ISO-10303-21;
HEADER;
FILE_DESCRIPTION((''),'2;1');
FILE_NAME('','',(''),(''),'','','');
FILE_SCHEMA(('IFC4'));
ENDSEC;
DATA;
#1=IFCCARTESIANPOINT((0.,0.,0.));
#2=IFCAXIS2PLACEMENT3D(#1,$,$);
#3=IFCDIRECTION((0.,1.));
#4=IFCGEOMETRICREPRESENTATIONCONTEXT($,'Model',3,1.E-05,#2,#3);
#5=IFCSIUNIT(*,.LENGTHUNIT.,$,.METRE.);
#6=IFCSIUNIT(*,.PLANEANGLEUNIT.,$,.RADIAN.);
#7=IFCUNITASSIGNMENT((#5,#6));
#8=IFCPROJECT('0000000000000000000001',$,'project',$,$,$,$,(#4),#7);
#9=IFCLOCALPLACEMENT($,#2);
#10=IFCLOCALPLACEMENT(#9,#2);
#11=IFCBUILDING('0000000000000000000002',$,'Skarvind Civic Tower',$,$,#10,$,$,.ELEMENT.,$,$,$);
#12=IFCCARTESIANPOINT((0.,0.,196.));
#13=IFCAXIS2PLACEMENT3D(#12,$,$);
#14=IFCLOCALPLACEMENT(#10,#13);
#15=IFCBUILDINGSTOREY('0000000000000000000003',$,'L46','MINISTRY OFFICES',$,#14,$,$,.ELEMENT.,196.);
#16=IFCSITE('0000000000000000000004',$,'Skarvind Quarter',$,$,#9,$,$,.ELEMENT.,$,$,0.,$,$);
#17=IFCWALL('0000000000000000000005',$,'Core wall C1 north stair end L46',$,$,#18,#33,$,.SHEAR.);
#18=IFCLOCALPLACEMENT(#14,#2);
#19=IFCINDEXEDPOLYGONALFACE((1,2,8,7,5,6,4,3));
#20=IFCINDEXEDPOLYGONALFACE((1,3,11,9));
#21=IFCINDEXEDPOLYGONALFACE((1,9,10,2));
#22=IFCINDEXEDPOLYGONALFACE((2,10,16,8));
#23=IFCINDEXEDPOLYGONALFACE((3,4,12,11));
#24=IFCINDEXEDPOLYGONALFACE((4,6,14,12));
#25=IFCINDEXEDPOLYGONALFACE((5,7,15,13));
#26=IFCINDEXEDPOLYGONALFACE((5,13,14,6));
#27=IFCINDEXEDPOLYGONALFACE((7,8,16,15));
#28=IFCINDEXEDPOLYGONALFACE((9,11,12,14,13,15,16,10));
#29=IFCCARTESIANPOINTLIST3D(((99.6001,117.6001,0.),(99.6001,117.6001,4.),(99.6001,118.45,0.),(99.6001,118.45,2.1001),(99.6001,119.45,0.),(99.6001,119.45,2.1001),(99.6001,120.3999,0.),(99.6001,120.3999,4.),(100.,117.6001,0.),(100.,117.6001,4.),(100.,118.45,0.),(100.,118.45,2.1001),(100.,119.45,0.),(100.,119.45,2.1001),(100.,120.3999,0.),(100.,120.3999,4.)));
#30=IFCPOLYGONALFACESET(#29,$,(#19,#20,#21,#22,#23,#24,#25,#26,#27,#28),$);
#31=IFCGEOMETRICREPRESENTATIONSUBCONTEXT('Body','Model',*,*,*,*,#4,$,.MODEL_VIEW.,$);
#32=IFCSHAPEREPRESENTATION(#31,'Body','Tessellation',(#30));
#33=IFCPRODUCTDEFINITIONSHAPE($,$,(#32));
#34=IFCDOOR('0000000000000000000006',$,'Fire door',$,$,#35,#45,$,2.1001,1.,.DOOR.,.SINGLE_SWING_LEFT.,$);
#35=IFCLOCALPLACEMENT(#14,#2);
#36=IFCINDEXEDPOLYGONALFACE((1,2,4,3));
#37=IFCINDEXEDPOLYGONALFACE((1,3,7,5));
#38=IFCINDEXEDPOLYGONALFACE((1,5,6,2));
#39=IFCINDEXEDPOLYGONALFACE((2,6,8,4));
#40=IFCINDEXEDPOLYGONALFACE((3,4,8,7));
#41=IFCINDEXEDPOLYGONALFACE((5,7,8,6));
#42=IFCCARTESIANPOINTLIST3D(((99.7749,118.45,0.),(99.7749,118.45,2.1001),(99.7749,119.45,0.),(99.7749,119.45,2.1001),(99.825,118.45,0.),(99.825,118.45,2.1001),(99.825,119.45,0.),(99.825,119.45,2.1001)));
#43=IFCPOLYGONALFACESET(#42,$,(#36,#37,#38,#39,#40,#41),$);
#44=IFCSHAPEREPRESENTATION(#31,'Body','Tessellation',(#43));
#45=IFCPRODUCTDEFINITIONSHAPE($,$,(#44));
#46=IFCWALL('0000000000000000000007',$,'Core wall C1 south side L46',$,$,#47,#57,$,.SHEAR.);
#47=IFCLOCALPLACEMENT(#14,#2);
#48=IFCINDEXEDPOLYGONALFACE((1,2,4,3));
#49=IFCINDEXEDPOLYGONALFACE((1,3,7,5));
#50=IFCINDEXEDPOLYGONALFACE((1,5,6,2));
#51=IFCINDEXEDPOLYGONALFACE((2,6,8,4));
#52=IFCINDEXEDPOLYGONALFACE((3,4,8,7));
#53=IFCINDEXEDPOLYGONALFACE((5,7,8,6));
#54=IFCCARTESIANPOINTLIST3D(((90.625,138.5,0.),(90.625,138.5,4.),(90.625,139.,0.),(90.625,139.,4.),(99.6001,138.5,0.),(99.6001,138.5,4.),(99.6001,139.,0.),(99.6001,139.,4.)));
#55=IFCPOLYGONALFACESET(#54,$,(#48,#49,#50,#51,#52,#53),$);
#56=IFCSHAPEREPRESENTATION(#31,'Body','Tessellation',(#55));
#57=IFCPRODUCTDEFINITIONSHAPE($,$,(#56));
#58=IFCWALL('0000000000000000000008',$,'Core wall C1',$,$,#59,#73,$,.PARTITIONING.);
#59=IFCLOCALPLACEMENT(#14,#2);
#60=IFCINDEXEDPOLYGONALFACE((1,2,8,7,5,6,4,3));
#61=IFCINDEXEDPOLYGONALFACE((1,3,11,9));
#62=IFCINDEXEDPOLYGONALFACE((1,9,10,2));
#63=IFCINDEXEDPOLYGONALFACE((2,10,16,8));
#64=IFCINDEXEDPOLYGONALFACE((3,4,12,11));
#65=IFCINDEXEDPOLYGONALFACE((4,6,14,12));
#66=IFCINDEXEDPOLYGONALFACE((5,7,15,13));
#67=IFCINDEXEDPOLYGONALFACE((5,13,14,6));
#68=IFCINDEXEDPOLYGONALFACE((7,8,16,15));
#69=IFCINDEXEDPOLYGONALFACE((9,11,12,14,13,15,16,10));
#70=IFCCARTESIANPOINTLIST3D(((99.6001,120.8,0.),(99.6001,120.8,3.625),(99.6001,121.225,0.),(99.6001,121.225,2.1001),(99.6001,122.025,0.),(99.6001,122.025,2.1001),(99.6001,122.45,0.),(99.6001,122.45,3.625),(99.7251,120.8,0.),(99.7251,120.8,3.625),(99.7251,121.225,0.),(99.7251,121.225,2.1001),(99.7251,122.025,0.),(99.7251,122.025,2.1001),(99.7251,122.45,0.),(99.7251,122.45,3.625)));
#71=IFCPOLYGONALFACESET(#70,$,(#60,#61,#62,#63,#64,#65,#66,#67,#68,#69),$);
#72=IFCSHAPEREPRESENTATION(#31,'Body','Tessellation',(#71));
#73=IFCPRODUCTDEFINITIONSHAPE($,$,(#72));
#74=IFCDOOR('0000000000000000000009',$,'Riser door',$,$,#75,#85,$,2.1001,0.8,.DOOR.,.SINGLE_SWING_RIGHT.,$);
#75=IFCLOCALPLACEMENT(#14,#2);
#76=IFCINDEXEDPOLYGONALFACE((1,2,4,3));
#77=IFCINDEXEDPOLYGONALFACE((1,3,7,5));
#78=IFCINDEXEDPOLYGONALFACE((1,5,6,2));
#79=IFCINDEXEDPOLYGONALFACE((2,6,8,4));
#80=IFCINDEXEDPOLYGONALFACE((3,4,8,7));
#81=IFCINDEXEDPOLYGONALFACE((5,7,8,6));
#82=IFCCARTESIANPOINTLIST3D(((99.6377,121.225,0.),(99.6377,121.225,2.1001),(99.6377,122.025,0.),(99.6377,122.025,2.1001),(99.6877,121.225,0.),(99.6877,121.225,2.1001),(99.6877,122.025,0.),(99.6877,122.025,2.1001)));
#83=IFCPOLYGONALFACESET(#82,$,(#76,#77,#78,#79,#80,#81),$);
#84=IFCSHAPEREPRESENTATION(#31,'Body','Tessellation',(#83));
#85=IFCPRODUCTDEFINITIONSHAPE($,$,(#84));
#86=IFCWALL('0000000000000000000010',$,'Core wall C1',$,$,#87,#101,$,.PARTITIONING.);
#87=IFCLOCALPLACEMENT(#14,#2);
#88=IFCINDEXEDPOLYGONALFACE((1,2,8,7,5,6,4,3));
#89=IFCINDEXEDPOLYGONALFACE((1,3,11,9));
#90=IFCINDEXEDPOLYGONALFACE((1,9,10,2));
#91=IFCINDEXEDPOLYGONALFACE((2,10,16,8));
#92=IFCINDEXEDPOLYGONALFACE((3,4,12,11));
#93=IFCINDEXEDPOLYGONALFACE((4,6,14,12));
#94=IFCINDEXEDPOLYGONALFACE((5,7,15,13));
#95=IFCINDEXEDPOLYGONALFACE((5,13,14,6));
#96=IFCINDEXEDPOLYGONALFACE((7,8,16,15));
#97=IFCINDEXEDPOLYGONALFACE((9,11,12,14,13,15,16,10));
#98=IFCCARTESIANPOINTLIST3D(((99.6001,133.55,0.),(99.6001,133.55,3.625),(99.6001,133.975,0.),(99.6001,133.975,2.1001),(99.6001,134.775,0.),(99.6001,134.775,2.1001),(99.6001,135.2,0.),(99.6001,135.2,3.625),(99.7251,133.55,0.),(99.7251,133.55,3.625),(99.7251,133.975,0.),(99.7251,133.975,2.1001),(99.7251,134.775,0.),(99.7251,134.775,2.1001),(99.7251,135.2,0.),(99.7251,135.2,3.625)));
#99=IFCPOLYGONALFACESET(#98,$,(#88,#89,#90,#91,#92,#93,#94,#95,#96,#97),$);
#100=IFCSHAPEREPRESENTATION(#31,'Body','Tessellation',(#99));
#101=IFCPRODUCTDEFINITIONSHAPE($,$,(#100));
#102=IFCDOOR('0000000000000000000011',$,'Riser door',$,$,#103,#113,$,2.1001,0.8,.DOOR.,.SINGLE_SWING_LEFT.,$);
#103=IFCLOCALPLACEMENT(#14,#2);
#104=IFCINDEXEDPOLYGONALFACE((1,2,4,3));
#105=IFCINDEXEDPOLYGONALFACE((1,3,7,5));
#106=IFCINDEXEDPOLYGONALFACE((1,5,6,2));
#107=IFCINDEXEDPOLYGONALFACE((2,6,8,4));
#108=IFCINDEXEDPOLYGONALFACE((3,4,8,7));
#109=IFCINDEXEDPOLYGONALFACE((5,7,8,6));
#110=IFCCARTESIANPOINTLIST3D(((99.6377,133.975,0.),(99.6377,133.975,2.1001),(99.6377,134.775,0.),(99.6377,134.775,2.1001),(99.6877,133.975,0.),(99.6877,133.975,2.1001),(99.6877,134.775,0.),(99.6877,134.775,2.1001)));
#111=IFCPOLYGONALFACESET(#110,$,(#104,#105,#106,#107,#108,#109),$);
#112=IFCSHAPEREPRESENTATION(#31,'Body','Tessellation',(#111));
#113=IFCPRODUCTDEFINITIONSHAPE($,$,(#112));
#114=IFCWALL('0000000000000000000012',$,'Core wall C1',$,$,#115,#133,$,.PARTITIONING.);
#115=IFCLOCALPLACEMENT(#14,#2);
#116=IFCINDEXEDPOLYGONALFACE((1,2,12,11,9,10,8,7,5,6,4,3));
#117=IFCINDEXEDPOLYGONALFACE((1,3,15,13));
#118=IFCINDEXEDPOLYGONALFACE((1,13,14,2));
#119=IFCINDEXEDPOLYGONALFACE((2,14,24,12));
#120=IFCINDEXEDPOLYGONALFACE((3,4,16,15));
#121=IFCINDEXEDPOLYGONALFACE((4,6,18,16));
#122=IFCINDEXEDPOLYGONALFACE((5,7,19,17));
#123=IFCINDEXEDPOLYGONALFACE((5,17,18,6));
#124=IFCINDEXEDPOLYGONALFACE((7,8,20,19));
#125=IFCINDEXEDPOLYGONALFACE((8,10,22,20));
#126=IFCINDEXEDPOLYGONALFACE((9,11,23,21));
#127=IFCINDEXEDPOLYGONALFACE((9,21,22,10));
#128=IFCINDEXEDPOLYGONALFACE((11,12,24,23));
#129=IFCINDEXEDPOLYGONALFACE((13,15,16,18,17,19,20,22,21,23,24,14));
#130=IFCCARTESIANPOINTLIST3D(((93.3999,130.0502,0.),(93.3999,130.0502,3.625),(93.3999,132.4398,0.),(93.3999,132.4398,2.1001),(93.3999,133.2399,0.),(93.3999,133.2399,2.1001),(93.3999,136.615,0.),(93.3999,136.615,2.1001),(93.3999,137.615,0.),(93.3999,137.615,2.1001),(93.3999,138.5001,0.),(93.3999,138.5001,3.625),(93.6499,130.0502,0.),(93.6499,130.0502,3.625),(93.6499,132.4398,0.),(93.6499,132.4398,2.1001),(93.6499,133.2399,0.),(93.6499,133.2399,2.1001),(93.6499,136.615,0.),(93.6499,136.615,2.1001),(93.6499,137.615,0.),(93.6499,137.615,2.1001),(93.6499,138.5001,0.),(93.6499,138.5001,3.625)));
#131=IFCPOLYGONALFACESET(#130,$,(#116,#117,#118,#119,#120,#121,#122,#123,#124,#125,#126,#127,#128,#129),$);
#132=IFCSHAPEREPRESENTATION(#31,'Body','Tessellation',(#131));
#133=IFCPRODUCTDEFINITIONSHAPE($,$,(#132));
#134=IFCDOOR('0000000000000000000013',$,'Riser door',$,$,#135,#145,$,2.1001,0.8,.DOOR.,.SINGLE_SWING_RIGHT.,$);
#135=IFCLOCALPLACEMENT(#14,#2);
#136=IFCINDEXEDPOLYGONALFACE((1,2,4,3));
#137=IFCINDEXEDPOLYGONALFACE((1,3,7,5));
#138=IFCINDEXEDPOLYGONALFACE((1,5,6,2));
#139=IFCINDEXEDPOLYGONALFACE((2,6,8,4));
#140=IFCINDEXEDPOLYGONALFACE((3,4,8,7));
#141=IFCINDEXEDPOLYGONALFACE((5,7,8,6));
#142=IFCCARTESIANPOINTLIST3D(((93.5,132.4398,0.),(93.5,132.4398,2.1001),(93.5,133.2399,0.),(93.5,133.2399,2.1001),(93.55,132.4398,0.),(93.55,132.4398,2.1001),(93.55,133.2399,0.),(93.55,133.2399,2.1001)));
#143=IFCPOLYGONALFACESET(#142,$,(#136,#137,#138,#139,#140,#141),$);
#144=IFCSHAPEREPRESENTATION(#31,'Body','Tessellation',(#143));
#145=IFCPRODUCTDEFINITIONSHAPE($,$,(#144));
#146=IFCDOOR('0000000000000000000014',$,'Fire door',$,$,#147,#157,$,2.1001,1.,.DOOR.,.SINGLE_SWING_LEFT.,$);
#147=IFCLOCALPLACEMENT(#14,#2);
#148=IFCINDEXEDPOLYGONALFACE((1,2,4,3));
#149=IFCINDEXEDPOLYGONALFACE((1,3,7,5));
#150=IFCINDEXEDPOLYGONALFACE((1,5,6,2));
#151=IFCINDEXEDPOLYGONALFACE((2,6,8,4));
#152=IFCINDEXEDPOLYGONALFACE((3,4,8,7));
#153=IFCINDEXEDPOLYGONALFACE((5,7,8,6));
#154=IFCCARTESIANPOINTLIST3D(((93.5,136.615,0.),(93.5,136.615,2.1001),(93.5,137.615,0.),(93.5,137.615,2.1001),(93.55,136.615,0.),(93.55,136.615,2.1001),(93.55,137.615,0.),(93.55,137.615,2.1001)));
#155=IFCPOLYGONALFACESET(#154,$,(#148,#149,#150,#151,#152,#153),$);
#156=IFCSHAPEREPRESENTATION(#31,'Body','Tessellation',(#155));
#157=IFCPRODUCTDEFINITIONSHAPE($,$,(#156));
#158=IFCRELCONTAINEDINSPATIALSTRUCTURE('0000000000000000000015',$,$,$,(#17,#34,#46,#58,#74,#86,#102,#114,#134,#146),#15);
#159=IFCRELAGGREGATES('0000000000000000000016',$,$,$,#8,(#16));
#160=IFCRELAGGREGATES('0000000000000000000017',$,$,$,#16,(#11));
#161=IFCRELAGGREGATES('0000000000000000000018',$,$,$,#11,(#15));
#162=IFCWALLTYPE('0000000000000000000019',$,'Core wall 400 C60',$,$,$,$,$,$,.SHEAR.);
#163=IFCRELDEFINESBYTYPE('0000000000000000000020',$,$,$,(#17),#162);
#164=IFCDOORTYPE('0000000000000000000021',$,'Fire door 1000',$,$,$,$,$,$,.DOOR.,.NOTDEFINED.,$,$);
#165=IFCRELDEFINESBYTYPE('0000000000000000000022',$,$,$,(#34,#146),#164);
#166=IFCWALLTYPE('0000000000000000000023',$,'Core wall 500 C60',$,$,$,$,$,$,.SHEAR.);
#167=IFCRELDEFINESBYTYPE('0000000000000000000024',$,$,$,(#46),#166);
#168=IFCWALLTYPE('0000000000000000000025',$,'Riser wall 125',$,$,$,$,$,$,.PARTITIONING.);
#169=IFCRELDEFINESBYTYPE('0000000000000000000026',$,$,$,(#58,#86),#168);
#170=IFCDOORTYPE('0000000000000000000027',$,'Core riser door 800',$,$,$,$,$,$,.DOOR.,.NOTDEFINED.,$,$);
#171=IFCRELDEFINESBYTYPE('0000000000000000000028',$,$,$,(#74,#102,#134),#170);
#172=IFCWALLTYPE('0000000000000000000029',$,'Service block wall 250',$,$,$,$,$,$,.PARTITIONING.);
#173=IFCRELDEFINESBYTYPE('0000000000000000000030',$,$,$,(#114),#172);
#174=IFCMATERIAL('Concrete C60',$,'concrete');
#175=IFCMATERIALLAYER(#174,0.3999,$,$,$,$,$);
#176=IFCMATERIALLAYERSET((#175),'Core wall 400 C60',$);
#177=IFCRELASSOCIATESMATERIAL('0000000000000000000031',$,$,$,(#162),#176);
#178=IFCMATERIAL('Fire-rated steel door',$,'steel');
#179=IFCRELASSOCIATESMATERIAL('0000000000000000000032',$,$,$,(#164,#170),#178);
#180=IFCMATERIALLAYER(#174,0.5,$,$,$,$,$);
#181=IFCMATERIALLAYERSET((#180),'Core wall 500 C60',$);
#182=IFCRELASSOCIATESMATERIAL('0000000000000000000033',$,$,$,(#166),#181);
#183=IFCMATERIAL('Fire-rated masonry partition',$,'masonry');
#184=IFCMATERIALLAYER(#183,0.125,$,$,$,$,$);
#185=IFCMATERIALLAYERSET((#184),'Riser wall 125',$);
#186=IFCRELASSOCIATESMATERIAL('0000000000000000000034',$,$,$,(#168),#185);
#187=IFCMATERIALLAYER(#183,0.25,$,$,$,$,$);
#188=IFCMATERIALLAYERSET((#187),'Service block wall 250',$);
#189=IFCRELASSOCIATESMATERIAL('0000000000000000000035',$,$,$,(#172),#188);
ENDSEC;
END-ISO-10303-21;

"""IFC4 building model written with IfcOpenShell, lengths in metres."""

from ifc_helpers import new_model, si_unit, direction, frame, frame_2d, origin, place, context, subcontext, project, spatial, rectangle, extrude, material, layer, layer_set, type_object, element, fill, save


model = new_model("IFC4")

# Units and contexts
model_context = context("Model", 3, precision=1e-05, world=origin(), true_north=direction((0.0, 1.0)))
body_context = subcontext(model_context, "Body", "Model", "MODEL_VIEW")
ifc_project = project(units=[si_unit("LENGTHUNIT", "METRE"), si_unit("PLANEANGLEUNIT", "RADIAN")], contexts=[model_context])

# Site, building, storey
site_placement = place(None, origin())
site = spatial("IfcSite", under=ifc_project, at=site_placement, Name="Skarvind Quarter", CompositionType="ELEMENT", RefElevation=0.0)
building_placement = place(site_placement, origin())
building = spatial("IfcBuilding", under=site, at=building_placement, Name="Skarvind Civic Tower", CompositionType="ELEMENT")
storey_placement = place(building_placement, frame((0.0, 0.0, 196.0)))
storey = spatial("IfcBuildingStorey", under=building, at=storey_placement, Name="L46", Description="MINISTRY OFFICES", CompositionType="ELEMENT", Elevation=196.0)

# Shared definitions
ifc_material_1 = material(Name="Fire-rated masonry partition", Category="masonry")
ifc_material_2 = material(Name="Fire-rated steel door", Category="steel")

# Shared definitions
ifc_material_3 = material(Name="Concrete C60", Category="concrete")

# Wall, opening, door
ifc_layer_1 = layer(ifc_material_3, 0.3999)
ifc_layer_set_1 = layer_set([ifc_layer_1], Name="Core wall 400 C60")
wall_type_1 = type_object("IfcWallType", Name="Core wall 400 C60", PredefinedType="SHEAR", material=ifc_layer_set_1)
wall_1_placement = place(storey_placement, frame((99.8, 120.3999, 0.0), z_axis=(0.0, 0.0, 1.0), x_axis=(0.0, -1.0, 0.0)))
wall_1 = element("IfcWall", 1, at=wall_1_placement, inside=storey, type_object=wall_type_1, Name="Core wall C1 north stair end L46", PredefinedType="SHEAR", context=body_context, shape_type="SweptSolid", body=[
    extrude(rectangle(XDim=2.7998, YDim=0.3999, at=frame_2d((1.3999, 0.0))), origin(), (0.0, 0.0, 1.0), 4.0),
])
opening_1_placement = place(wall_1_placement, frame((0.95, 0.0, 0.0)))
opening_1 = element("IfcOpeningElement", 2, at=opening_1_placement, cuts=wall_1, PredefinedType="OPENING", context=body_context, shape_type="SweptSolid", body=[
    extrude(rectangle(XDim=1.0, YDim=2.1001, at=frame_2d((0.5, 1.05))), frame((0.0, 0.21, 0.0), z_axis=(0.0, -1.0, 0.0), x_axis=(1.0, 0.0, 0.0)), (0.0, 0.0, 1.0), 0.4199),
])
door_type_1 = type_object("IfcDoorType", Name="Fire door 1000", OperationType="NOTDEFINED", PredefinedType="DOOR", material=ifc_material_2)
door_1_placement = place(opening_1_placement, origin())
door_1 = element("IfcDoor", 3, at=door_1_placement, inside=storey, type_object=door_type_1, Name="Fire door", OperationType="SINGLE_SWING_LEFT", OverallHeight=2.1001, OverallWidth=1.0, PredefinedType="DOOR", context=body_context, shape_type="SweptSolid", body=[
    extrude(rectangle(XDim=1.0, YDim=2.1001, at=frame_2d((0.5, 1.05))), frame((0.0, 0.0249, 0.0), z_axis=(0.0, -1.0, 0.0), x_axis=(1.0, 0.0, 0.0)), (0.0, 0.0, 1.0), 0.05),
])
fill(opening_1, door_1)

# Wall
ifc_layer_2 = layer(ifc_material_3, 0.5)
ifc_layer_set_2 = layer_set([ifc_layer_2], Name="Core wall 500 C60")
wall_type_2 = type_object("IfcWallType", Name="Core wall 500 C60", PredefinedType="SHEAR", material=ifc_layer_set_2)
wall_2_placement = place(storey_placement, frame((99.6001, 138.75, 0.0), z_axis=(0.0, 0.0, 1.0), x_axis=(-1.0, 0.0, 0.0)))
element("IfcWall", 4, at=wall_2_placement, inside=storey, type_object=wall_type_2, Name="Core wall C1 south side L46", PredefinedType="SHEAR", context=body_context, shape_type="SweptSolid", body=[
    extrude(rectangle(XDim=8.9751, YDim=0.5, at=frame_2d((4.4875, 0.0))), origin(), (0.0, 0.0, 1.0), 4.0),
])

# Walls, openings, doors
ifc_layer_3 = layer(ifc_material_1, 0.125)
ifc_layer_set_3 = layer_set([ifc_layer_3], Name="Riser wall 125")
wall_type_3 = type_object("IfcWallType", Name="Riser wall 125", PredefinedType="PARTITIONING", material=ifc_layer_set_3)
wall_3_placement = place(storey_placement, frame((99.6626, 120.8, 0.0), z_axis=(0.0, 0.0, 1.0), x_axis=(0.0, 1.0, 0.0)))
wall_3 = element("IfcWall", 5, at=wall_3_placement, inside=storey, type_object=wall_type_3, Name="Core wall C1", PredefinedType="PARTITIONING", context=body_context, shape_type="SweptSolid", body=[
    extrude(rectangle(XDim=1.6499, YDim=0.125, at=frame_2d((0.825, 0.0))), origin(), (0.0, 0.0, 1.0), 3.625),
])
opening_2_placement = place(wall_3_placement, frame((0.425, 0.0, 0.0)))
opening_2 = element("IfcOpeningElement", 6, at=opening_2_placement, cuts=wall_3, PredefinedType="OPENING", context=body_context, shape_type="SweptSolid", body=[
    extrude(rectangle(XDim=0.8, YDim=2.1001, at=frame_2d((0.3999, 1.05))), frame((0.0, 0.0725, 0.0), z_axis=(0.0, -1.0, 0.0), x_axis=(1.0, 0.0, 0.0)), (0.0, 0.0, 1.0), 0.145),
])
door_type_2 = type_object("IfcDoorType", Name="Core riser door 800", OperationType="NOTDEFINED", PredefinedType="DOOR", material=ifc_material_2)
door_2_placement = place(opening_2_placement, origin())
door_2 = element("IfcDoor", 7, at=door_2_placement, inside=storey, type_object=door_type_2, Name="Riser door", OperationType="SINGLE_SWING_RIGHT", OverallHeight=2.1001, OverallWidth=0.8, PredefinedType="DOOR", context=body_context, shape_type="SweptSolid", body=[
    extrude(rectangle(XDim=0.8, YDim=2.1001, at=frame_2d((0.3999, 1.05))), frame((0.0, 0.0249, 0.0), z_axis=(0.0, -1.0, 0.0), x_axis=(1.0, 0.0, 0.0)), (0.0, 0.0, 1.0), 0.05),
])
fill(opening_2, door_2)
wall_4_placement = place(storey_placement, frame((99.6626, 133.55, 0.0), z_axis=(0.0, 0.0, 1.0), x_axis=(0.0, 1.0, 0.0)))
wall_4 = element("IfcWall", 8, at=wall_4_placement, inside=storey, type_object=wall_type_3, Name="Core wall C1", PredefinedType="PARTITIONING", context=body_context, shape_type="SweptSolid", body=[
    extrude(rectangle(XDim=1.6499, YDim=0.125, at=frame_2d((0.825, 0.0))), origin(), (0.0, 0.0, 1.0), 3.625),
])
opening_3_placement = place(wall_4_placement, frame((0.425, 0.0, 0.0)))
opening_3 = element("IfcOpeningElement", 9, at=opening_3_placement, cuts=wall_4, PredefinedType="OPENING", context=body_context, shape_type="SweptSolid", body=[
    extrude(rectangle(XDim=0.8, YDim=2.1001, at=frame_2d((0.3999, 1.05))), frame((0.0, 0.0725, 0.0), z_axis=(0.0, -1.0, 0.0), x_axis=(1.0, 0.0, 0.0)), (0.0, 0.0, 1.0), 0.145),
])
door_3_placement = place(opening_3_placement, origin())
door_3 = element("IfcDoor", 10, at=door_3_placement, inside=storey, type_object=door_type_2, Name="Riser door", OperationType="SINGLE_SWING_LEFT", OverallHeight=2.1001, OverallWidth=0.8, PredefinedType="DOOR", context=body_context, shape_type="SweptSolid", body=[
    extrude(rectangle(XDim=0.8, YDim=2.1001, at=frame_2d((0.3999, 1.05))), frame((0.0, 0.0249, 0.0), z_axis=(0.0, -1.0, 0.0), x_axis=(1.0, 0.0, 0.0)), (0.0, 0.0, 1.0), 0.05),
])
fill(opening_3, door_3)

# Wall, openings, doors
ifc_layer_4 = layer(ifc_material_1, 0.25)
ifc_layer_set_4 = layer_set([ifc_layer_4], Name="Service block wall 250")
wall_type_4 = type_object("IfcWallType", Name="Service block wall 250", PredefinedType="PARTITIONING", material=ifc_layer_set_4)
wall_5_placement = place(storey_placement, frame((93.5249, 130.05, 0.0), z_axis=(0.0, 0.0, 1.0), x_axis=(0.0, 1.0, 0.0)))
wall_5 = element("IfcWall", 11, at=wall_5_placement, inside=storey, type_object=wall_type_4, Name="Core wall C1", PredefinedType="PARTITIONING", context=body_context, shape_type="SweptSolid", body=[
    extrude(rectangle(XDim=8.45, YDim=0.25, at=frame_2d((4.2251, 0.0))), origin(), (0.0, 0.0, 1.0), 3.625),
])
opening_4_placement = place(wall_5_placement, frame((2.3899, 0.0, 0.0)))
opening_4 = element("IfcOpeningElement", 12, at=opening_4_placement, cuts=wall_5, PredefinedType="OPENING", context=body_context, shape_type="SweptSolid", body=[
    extrude(rectangle(XDim=0.8, YDim=2.1001, at=frame_2d((0.3999, 1.05))), frame((0.0, 0.135, 0.0), z_axis=(0.0, -1.0, 0.0), x_axis=(1.0, 0.0, 0.0)), (0.0, 0.0, 1.0), 0.27),
])
opening_5_placement = place(wall_5_placement, frame((6.5649, 0.0, 0.0)))
opening_5 = element("IfcOpeningElement", 13, at=opening_5_placement, cuts=wall_5, PredefinedType="OPENING", context=body_context, shape_type="SweptSolid", body=[
    extrude(rectangle(XDim=1.0, YDim=2.1001, at=frame_2d((0.5, 1.05))), frame((0.0, 0.135, 0.0), z_axis=(0.0, -1.0, 0.0), x_axis=(1.0, 0.0, 0.0)), (0.0, 0.0, 1.0), 0.27),
])
door_4_placement = place(opening_4_placement, origin())
door_4 = element("IfcDoor", 14, at=door_4_placement, inside=storey, type_object=door_type_2, Name="Riser door", OperationType="SINGLE_SWING_RIGHT", OverallHeight=2.1001, OverallWidth=0.8, PredefinedType="DOOR", context=body_context, shape_type="SweptSolid", body=[
    extrude(rectangle(XDim=0.8, YDim=2.1001, at=frame_2d((0.3999, 1.05))), frame((0.0, 0.0249, 0.0), z_axis=(0.0, -1.0, 0.0), x_axis=(1.0, 0.0, 0.0)), (0.0, 0.0, 1.0), 0.05),
])
fill(opening_4, door_4)
door_5_placement = place(opening_5_placement, origin())
door_5 = element("IfcDoor", 15, at=door_5_placement, inside=storey, type_object=door_type_1, Name="Fire door", OperationType="SINGLE_SWING_LEFT", OverallHeight=2.1001, OverallWidth=1.0, PredefinedType="DOOR", context=body_context, shape_type="SweptSolid", body=[
    extrude(rectangle(XDim=1.0, YDim=2.1001, at=frame_2d((0.5, 1.05))), frame((0.0, 0.0249, 0.0), z_axis=(0.0, -1.0, 0.0), x_axis=(1.0, 0.0, 0.0)), (0.0, 0.0, 1.0), 0.05),
])
fill(opening_5, door_5)

save(model, "model.ifc")
